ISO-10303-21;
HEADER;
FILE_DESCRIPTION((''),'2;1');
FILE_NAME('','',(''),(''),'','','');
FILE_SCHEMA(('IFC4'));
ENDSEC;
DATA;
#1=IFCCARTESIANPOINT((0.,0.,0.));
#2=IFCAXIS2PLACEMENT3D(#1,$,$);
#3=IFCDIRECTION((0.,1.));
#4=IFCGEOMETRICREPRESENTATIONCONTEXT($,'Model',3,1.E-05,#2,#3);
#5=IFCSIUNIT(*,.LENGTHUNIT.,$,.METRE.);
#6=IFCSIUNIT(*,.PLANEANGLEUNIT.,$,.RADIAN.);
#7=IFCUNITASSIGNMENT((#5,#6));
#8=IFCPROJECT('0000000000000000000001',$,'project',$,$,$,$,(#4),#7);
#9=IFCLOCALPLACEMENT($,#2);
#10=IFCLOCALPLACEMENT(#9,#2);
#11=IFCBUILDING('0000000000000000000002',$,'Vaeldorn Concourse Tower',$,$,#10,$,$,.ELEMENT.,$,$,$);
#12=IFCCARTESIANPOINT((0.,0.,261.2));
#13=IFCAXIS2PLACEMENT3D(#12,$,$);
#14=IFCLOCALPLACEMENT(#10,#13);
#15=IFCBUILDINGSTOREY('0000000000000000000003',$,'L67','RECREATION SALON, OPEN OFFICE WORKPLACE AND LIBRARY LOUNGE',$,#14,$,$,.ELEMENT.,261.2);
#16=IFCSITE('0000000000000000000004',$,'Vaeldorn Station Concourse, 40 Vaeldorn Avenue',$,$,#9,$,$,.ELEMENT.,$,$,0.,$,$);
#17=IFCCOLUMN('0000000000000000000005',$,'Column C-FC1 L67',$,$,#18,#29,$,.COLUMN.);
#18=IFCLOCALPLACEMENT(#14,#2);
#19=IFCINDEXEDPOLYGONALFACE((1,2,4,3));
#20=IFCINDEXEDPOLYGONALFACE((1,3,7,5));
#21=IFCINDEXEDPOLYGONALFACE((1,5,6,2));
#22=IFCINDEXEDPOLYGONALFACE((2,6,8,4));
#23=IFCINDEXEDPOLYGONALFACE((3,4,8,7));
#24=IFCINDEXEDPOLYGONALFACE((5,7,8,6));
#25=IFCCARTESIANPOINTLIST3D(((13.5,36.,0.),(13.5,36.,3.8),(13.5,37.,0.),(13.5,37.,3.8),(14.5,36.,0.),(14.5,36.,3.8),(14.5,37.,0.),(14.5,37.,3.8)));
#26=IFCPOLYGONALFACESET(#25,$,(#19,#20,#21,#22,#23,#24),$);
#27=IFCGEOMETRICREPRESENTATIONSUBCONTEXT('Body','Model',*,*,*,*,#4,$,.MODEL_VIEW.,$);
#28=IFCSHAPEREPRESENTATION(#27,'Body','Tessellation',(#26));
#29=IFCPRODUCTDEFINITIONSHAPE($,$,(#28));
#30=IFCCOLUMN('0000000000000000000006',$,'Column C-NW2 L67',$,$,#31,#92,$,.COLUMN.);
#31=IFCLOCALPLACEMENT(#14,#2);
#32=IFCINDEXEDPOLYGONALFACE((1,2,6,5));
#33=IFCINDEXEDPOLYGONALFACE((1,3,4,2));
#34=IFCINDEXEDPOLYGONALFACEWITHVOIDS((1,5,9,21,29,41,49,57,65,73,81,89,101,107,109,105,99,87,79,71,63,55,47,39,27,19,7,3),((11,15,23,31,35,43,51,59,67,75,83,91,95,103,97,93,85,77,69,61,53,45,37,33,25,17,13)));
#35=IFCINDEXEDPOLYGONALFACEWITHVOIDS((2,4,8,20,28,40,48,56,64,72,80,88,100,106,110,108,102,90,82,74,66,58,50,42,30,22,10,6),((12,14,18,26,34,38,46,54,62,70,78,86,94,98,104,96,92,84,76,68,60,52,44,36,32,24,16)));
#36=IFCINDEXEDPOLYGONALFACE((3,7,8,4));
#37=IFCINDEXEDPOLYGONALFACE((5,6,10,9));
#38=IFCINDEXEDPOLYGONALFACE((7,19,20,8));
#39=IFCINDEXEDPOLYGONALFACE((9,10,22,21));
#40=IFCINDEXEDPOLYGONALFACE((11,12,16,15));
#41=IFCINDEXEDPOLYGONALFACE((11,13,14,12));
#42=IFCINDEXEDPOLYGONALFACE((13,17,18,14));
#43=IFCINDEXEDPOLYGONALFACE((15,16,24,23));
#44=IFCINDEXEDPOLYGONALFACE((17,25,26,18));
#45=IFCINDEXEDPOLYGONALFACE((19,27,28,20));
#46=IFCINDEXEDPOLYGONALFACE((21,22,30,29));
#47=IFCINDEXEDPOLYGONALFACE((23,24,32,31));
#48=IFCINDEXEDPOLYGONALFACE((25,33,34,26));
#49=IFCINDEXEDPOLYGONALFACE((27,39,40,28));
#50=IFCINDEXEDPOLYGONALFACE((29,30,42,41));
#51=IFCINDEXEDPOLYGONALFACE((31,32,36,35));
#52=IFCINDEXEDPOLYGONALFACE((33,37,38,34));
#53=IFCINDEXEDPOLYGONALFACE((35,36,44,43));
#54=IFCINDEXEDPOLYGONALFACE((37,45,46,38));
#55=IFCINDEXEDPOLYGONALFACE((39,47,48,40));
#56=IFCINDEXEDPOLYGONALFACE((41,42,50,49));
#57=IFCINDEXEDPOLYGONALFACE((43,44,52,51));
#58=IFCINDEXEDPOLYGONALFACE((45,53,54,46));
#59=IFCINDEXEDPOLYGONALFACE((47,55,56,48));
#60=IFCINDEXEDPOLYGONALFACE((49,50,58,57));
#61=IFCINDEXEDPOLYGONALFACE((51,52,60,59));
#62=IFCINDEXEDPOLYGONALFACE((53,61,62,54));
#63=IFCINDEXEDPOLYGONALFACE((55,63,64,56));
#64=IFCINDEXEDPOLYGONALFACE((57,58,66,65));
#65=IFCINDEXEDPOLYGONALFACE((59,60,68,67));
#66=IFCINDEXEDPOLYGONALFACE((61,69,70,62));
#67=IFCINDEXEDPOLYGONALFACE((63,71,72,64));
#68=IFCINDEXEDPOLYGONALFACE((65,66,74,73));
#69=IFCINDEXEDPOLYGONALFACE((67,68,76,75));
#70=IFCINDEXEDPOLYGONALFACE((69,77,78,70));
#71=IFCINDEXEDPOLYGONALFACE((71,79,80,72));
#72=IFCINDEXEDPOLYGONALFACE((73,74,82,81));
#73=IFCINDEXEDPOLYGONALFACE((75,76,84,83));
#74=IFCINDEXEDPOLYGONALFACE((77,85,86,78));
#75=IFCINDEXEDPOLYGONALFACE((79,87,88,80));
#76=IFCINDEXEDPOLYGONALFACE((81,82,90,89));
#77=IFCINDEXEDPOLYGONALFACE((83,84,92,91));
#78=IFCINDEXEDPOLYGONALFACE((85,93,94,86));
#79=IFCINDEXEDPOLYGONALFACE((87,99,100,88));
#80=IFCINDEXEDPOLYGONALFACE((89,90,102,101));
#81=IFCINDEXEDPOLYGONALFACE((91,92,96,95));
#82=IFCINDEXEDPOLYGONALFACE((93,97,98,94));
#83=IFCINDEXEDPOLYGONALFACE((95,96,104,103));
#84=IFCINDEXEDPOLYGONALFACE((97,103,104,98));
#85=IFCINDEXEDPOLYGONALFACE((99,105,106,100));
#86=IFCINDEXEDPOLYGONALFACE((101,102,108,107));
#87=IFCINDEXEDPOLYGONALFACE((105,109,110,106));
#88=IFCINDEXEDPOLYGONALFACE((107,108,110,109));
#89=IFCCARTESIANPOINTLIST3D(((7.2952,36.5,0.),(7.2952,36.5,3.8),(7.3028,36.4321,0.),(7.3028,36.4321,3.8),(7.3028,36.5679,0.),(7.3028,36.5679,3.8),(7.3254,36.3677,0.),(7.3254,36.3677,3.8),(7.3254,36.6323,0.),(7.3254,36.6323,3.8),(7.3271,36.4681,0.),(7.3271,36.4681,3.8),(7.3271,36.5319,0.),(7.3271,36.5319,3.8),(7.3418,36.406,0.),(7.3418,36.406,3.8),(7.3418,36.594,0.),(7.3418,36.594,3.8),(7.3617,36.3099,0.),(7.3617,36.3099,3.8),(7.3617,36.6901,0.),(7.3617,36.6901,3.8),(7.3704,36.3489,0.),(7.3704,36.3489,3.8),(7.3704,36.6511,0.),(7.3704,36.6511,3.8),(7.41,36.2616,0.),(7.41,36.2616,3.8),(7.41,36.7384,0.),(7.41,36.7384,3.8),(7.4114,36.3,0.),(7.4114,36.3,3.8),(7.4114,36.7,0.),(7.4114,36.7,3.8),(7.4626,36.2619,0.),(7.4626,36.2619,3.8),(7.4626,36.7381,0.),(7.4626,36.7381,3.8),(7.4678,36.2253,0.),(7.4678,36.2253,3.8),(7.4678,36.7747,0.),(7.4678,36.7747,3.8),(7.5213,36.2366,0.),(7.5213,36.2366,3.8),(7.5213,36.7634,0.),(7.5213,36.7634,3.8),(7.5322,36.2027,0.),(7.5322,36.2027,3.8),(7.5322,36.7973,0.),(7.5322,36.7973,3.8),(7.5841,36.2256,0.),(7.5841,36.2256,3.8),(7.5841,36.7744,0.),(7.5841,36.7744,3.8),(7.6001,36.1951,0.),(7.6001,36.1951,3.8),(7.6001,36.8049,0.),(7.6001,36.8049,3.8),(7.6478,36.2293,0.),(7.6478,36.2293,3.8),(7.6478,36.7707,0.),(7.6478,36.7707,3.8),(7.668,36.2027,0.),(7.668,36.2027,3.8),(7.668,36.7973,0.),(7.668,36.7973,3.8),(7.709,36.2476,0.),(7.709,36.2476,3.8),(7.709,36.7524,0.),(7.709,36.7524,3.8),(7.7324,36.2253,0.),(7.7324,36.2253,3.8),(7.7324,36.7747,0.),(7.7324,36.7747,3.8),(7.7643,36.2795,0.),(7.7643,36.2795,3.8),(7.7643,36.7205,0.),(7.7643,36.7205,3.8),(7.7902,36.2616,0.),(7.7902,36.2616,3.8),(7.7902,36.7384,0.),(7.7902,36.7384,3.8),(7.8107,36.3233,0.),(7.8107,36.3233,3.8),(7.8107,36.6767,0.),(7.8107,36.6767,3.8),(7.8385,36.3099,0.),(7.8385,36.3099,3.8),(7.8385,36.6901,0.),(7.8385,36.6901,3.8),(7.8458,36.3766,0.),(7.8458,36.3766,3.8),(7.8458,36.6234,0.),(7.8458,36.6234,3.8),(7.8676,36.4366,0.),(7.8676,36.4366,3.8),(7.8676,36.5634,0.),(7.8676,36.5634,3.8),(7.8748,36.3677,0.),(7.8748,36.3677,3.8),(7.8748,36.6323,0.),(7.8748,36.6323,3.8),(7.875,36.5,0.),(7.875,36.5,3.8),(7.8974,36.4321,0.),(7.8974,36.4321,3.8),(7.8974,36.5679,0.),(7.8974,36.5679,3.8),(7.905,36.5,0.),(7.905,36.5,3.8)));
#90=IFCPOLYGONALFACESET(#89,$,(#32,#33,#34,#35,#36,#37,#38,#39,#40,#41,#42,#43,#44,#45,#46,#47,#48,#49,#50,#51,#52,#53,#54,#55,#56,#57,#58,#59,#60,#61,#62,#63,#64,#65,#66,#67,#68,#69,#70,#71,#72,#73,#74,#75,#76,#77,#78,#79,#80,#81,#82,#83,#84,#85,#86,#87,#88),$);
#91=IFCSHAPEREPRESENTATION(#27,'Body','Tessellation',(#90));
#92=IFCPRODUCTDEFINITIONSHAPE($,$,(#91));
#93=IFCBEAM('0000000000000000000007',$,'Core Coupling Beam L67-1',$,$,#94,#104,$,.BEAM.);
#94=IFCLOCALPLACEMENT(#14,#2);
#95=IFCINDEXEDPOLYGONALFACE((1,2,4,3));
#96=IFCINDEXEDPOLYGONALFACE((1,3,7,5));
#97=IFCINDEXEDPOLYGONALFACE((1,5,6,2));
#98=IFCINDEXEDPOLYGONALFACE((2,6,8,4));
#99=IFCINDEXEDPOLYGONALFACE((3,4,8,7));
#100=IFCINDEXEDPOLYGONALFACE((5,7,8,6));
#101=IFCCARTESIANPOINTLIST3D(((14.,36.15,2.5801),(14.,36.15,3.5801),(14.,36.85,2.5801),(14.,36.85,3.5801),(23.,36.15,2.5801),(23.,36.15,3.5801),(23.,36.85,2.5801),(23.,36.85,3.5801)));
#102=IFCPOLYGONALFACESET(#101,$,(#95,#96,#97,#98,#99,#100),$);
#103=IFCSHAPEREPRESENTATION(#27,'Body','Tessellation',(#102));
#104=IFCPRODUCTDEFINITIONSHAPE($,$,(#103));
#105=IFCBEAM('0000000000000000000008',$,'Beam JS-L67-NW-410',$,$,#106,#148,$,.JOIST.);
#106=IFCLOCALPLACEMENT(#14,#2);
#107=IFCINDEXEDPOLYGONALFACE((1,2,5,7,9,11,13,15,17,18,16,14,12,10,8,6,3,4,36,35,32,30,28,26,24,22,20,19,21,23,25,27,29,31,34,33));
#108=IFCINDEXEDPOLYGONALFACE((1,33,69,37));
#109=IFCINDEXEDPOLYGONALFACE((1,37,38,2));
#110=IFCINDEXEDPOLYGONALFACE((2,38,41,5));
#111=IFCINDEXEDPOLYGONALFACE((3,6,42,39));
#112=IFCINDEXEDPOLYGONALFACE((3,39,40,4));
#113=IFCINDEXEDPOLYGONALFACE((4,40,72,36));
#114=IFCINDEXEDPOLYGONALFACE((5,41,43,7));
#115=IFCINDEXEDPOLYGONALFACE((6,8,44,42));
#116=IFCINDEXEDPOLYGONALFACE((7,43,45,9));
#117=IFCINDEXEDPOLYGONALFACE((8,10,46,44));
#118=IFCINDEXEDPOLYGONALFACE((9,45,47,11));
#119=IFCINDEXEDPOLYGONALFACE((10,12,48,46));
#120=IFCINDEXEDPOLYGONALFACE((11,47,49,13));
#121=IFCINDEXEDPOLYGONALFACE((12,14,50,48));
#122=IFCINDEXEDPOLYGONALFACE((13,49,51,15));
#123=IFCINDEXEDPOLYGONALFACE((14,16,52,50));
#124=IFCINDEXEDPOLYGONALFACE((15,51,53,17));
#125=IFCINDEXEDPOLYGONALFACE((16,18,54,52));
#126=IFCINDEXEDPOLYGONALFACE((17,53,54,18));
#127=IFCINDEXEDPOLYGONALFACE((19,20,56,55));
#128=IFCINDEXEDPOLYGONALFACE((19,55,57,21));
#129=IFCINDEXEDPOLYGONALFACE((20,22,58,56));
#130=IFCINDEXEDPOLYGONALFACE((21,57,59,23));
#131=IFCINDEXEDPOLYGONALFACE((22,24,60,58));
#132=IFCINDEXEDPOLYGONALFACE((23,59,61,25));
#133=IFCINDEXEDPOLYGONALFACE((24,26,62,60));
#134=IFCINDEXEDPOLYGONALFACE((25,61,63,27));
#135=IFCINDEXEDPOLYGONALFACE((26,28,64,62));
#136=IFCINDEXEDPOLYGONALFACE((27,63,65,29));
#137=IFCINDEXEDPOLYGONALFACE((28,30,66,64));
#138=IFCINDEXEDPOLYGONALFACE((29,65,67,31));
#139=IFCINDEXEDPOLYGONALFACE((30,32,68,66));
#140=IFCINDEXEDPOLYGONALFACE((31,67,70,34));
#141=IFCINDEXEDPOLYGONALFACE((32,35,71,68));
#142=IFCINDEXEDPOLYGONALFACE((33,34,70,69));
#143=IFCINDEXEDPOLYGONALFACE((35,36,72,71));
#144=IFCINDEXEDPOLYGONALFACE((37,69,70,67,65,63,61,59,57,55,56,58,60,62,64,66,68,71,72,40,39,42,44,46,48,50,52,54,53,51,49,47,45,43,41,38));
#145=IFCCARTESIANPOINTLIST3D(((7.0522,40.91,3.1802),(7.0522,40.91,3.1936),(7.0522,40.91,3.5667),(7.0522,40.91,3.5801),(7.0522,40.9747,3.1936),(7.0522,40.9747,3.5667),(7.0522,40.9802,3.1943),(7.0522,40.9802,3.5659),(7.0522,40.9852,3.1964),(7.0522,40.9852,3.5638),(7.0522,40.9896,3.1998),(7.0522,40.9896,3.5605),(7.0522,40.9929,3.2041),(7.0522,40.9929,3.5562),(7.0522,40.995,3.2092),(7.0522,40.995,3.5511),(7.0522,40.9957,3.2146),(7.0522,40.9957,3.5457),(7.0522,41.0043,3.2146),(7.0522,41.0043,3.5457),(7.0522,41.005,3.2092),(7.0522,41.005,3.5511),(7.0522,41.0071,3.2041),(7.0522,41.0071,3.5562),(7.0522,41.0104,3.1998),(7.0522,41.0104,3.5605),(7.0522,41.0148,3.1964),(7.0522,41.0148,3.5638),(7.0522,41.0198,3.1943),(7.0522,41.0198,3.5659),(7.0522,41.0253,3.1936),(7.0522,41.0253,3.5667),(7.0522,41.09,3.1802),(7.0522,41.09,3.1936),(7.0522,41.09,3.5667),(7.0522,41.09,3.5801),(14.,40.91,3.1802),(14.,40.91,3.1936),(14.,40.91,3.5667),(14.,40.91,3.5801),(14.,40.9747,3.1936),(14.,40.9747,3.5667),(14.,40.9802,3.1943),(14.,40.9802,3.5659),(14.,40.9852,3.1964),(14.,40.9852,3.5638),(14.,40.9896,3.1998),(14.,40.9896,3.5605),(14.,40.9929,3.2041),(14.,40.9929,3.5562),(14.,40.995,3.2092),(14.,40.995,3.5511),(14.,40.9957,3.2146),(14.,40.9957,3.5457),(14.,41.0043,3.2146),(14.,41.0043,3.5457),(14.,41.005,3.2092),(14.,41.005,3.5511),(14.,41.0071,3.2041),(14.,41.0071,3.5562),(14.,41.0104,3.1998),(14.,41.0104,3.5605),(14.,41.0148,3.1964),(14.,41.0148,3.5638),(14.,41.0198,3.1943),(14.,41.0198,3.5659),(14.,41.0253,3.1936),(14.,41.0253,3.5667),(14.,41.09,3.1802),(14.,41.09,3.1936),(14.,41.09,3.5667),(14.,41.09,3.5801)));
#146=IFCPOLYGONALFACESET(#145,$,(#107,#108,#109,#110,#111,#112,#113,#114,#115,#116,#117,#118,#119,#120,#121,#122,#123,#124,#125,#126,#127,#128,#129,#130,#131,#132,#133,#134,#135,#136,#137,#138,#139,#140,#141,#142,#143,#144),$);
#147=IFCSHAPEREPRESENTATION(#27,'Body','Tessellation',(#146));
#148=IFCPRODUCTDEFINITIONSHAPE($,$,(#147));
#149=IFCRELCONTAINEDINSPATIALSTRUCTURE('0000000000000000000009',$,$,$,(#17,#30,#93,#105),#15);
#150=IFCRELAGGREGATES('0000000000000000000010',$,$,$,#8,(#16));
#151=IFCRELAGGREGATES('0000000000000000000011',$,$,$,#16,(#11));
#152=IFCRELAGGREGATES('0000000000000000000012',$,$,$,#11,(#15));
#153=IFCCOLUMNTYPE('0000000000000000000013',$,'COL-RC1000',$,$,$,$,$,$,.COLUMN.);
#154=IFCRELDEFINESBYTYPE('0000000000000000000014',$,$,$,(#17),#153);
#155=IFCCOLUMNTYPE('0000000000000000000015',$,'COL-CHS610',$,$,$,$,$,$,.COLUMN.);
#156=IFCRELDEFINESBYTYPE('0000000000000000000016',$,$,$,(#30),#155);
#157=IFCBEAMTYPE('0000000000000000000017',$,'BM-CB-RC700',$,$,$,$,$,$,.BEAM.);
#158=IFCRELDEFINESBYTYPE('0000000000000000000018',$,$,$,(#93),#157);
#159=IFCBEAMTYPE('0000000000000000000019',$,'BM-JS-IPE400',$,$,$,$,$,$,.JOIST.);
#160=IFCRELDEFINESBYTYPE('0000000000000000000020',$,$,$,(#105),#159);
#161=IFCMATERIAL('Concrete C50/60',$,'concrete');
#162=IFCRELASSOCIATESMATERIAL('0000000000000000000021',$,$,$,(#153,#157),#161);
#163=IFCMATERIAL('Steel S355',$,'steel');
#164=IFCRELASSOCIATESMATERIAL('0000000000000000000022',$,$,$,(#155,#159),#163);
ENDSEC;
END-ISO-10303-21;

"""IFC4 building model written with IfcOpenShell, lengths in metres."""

from ifc_helpers import new_model, si_unit, direction, frame, origin, origin_2d, place, context, subcontext, project, spatial, rectangle, hollow_circle, i_section, extrude, source, transform, mapped, material, material_profile, profile_set, type_object, element, save


model = new_model("IFC4")

# Units and contexts
model_context = context("Model", 3, precision=1e-05, world=origin(), true_north=direction((0.0, 1.0)))
body_context = subcontext(model_context, "Body", "Model", "MODEL_VIEW")
ifc_project = project(units=[si_unit("LENGTHUNIT", "METRE"), si_unit("PLANEANGLEUNIT", "RADIAN")], contexts=[model_context])

# Site, building, storey
site_placement = place(None, origin())
site = spatial("IfcSite", under=ifc_project, at=site_placement, Name="Vaeldorn Station Concourse, 40 Vaeldorn Avenue", CompositionType="ELEMENT", RefElevation=0.0)
building_placement = place(site_placement, origin())
building = spatial("IfcBuilding", under=site, at=building_placement, Name="Vaeldorn Concourse Tower", CompositionType="ELEMENT")
storey_placement = place(building_placement, frame((0.0, 0.0, 261.2)))
storey = spatial("IfcBuildingStorey", under=building, at=storey_placement, Name="L67", Description="RECREATION SALON, OPEN OFFICE WORKPLACE AND LIBRARY LOUNGE", CompositionType="ELEMENT", Elevation=261.2)

# Columns
ifc_material_1 = material(Name="Concrete C50/60", Category="concrete")
ifc_material_profile_1 = material_profile(ifc_material_1, rectangle(XDim=1.0, YDim=1.0, at=origin_2d()), Name="RC 1000x1000")
ifc_profile_set_1 = profile_set([ifc_material_profile_1], Name="Concrete C50/60")
column_type_1 = type_object("IfcColumnType", Name="COL-RC1000", PredefinedType="COLUMN", material=ifc_profile_set_1)
shared_shape_1 = source(origin(), body_context, "Body", "SweptSolid", [
    extrude(rectangle(XDim=1.0, YDim=1.0, at=origin_2d()), origin(), (0.0, 0.0, 1.0), 3.8),
])
column_1_placement = place(storey_placement, frame((14.0, 36.5, 0.0), z_axis=(0.0, 0.0, 1.0), x_axis=(1.0, 0.0, 0.0)))
element("IfcColumn", 1, at=column_1_placement, inside=storey, type_object=column_type_1, Name="Column C-FC1 L67", PredefinedType="COLUMN", context=body_context, shape_type="MappedRepresentation", body=[
    mapped(shared_shape_1, transform((0.0, 0.0, 0.0), scale=1.0)),
])
ifc_material_2 = material(Name="Steel S355", Category="steel")
ifc_material_profile_2 = material_profile(ifc_material_2, hollow_circle(Radius=0.3049, WallThickness=0.03, at=origin_2d()), Name="CHS 610x30")
ifc_profile_set_2 = profile_set([ifc_material_profile_2], Name="Steel S355")
column_type_2 = type_object("IfcColumnType", Name="COL-CHS610", PredefinedType="COLUMN", material=ifc_profile_set_2)
shared_shape_2 = source(origin(), body_context, "Body", "SweptSolid", [
    extrude(hollow_circle(Radius=0.3049, WallThickness=0.03, at=origin_2d()), origin(), (0.0, 0.0, 1.0), 3.8),
])
column_2_placement = place(storey_placement, frame((7.6001, 36.5, 0.0), z_axis=(0.0, 0.0, 1.0), x_axis=(1.0, 0.0, 0.0)))
element("IfcColumn", 2, at=column_2_placement, inside=storey, type_object=column_type_2, Name="Column C-NW2 L67", PredefinedType="COLUMN", context=body_context, shape_type="MappedRepresentation", body=[
    mapped(shared_shape_2, transform((0.0, 0.0, 0.0), scale=1.0)),
])

# Beams
ifc_material_profile_3 = material_profile(ifc_material_1, rectangle(XDim=0.7, YDim=1.0, at=origin_2d()), Name="RC 700x1000")
ifc_profile_set_3 = profile_set([ifc_material_profile_3], Name="Concrete C50/60")
beam_type_1 = type_object("IfcBeamType", Name="BM-CB-RC700", PredefinedType="BEAM", material=ifc_profile_set_3)
shared_shape_3 = source(origin(), body_context, "Body", "SweptSolid", [
    extrude(rectangle(XDim=0.7, YDim=1.0, at=origin_2d()), origin(), (0.0, 0.0, 1.0), 9.0),
])
beam_1_placement = place(storey_placement, frame((14.0, 36.5, 3.0801), z_axis=(1.0, 0.0, 0.0), x_axis=(0.0, 1.0, 0.0)))
element("IfcBeam", 3, at=beam_1_placement, inside=storey, type_object=beam_type_1, Name="Core Coupling Beam L67-1", PredefinedType="BEAM", context=body_context, shape_type="MappedRepresentation", body=[
    mapped(shared_shape_3, transform((0.0, 0.0, 0.0), scale=1.0)),
])
ifc_material_profile_4 = material_profile(ifc_material_2, i_section(OverallWidth=0.1799, OverallDepth=0.3999, WebThickness=0.0085, FlangeThickness=0.0134, FilletRadius=0.021, at=origin_2d()), Name="IPE 400")
ifc_profile_set_4 = profile_set([ifc_material_profile_4], Name="Steel S355")
beam_type_2 = type_object("IfcBeamType", Name="BM-JS-IPE400", PredefinedType="JOIST", material=ifc_profile_set_4)
shared_shape_4 = source(origin(), body_context, "Body", "SweptSolid", [
    extrude(i_section(OverallWidth=0.1799, OverallDepth=0.3999, WebThickness=0.0085, FlangeThickness=0.0134, FilletRadius=0.021, at=origin_2d()), origin(), (0.0, 0.0, 1.0), 6.9478),
])
beam_2_placement = place(storey_placement, frame((7.0522, 41.0, 3.3801), z_axis=(1.0, 0.0, 0.0), x_axis=(0.0, 1.0, 0.0)))
element("IfcBeam", 4, at=beam_2_placement, inside=storey, type_object=beam_type_2, Name="Beam JS-L67-NW-410", PredefinedType="JOIST", context=body_context, shape_type="MappedRepresentation", body=[
    mapped(shared_shape_4, transform((0.0, 0.0, 0.0), scale=1.0)),
])

save(model, "model.ifc")
